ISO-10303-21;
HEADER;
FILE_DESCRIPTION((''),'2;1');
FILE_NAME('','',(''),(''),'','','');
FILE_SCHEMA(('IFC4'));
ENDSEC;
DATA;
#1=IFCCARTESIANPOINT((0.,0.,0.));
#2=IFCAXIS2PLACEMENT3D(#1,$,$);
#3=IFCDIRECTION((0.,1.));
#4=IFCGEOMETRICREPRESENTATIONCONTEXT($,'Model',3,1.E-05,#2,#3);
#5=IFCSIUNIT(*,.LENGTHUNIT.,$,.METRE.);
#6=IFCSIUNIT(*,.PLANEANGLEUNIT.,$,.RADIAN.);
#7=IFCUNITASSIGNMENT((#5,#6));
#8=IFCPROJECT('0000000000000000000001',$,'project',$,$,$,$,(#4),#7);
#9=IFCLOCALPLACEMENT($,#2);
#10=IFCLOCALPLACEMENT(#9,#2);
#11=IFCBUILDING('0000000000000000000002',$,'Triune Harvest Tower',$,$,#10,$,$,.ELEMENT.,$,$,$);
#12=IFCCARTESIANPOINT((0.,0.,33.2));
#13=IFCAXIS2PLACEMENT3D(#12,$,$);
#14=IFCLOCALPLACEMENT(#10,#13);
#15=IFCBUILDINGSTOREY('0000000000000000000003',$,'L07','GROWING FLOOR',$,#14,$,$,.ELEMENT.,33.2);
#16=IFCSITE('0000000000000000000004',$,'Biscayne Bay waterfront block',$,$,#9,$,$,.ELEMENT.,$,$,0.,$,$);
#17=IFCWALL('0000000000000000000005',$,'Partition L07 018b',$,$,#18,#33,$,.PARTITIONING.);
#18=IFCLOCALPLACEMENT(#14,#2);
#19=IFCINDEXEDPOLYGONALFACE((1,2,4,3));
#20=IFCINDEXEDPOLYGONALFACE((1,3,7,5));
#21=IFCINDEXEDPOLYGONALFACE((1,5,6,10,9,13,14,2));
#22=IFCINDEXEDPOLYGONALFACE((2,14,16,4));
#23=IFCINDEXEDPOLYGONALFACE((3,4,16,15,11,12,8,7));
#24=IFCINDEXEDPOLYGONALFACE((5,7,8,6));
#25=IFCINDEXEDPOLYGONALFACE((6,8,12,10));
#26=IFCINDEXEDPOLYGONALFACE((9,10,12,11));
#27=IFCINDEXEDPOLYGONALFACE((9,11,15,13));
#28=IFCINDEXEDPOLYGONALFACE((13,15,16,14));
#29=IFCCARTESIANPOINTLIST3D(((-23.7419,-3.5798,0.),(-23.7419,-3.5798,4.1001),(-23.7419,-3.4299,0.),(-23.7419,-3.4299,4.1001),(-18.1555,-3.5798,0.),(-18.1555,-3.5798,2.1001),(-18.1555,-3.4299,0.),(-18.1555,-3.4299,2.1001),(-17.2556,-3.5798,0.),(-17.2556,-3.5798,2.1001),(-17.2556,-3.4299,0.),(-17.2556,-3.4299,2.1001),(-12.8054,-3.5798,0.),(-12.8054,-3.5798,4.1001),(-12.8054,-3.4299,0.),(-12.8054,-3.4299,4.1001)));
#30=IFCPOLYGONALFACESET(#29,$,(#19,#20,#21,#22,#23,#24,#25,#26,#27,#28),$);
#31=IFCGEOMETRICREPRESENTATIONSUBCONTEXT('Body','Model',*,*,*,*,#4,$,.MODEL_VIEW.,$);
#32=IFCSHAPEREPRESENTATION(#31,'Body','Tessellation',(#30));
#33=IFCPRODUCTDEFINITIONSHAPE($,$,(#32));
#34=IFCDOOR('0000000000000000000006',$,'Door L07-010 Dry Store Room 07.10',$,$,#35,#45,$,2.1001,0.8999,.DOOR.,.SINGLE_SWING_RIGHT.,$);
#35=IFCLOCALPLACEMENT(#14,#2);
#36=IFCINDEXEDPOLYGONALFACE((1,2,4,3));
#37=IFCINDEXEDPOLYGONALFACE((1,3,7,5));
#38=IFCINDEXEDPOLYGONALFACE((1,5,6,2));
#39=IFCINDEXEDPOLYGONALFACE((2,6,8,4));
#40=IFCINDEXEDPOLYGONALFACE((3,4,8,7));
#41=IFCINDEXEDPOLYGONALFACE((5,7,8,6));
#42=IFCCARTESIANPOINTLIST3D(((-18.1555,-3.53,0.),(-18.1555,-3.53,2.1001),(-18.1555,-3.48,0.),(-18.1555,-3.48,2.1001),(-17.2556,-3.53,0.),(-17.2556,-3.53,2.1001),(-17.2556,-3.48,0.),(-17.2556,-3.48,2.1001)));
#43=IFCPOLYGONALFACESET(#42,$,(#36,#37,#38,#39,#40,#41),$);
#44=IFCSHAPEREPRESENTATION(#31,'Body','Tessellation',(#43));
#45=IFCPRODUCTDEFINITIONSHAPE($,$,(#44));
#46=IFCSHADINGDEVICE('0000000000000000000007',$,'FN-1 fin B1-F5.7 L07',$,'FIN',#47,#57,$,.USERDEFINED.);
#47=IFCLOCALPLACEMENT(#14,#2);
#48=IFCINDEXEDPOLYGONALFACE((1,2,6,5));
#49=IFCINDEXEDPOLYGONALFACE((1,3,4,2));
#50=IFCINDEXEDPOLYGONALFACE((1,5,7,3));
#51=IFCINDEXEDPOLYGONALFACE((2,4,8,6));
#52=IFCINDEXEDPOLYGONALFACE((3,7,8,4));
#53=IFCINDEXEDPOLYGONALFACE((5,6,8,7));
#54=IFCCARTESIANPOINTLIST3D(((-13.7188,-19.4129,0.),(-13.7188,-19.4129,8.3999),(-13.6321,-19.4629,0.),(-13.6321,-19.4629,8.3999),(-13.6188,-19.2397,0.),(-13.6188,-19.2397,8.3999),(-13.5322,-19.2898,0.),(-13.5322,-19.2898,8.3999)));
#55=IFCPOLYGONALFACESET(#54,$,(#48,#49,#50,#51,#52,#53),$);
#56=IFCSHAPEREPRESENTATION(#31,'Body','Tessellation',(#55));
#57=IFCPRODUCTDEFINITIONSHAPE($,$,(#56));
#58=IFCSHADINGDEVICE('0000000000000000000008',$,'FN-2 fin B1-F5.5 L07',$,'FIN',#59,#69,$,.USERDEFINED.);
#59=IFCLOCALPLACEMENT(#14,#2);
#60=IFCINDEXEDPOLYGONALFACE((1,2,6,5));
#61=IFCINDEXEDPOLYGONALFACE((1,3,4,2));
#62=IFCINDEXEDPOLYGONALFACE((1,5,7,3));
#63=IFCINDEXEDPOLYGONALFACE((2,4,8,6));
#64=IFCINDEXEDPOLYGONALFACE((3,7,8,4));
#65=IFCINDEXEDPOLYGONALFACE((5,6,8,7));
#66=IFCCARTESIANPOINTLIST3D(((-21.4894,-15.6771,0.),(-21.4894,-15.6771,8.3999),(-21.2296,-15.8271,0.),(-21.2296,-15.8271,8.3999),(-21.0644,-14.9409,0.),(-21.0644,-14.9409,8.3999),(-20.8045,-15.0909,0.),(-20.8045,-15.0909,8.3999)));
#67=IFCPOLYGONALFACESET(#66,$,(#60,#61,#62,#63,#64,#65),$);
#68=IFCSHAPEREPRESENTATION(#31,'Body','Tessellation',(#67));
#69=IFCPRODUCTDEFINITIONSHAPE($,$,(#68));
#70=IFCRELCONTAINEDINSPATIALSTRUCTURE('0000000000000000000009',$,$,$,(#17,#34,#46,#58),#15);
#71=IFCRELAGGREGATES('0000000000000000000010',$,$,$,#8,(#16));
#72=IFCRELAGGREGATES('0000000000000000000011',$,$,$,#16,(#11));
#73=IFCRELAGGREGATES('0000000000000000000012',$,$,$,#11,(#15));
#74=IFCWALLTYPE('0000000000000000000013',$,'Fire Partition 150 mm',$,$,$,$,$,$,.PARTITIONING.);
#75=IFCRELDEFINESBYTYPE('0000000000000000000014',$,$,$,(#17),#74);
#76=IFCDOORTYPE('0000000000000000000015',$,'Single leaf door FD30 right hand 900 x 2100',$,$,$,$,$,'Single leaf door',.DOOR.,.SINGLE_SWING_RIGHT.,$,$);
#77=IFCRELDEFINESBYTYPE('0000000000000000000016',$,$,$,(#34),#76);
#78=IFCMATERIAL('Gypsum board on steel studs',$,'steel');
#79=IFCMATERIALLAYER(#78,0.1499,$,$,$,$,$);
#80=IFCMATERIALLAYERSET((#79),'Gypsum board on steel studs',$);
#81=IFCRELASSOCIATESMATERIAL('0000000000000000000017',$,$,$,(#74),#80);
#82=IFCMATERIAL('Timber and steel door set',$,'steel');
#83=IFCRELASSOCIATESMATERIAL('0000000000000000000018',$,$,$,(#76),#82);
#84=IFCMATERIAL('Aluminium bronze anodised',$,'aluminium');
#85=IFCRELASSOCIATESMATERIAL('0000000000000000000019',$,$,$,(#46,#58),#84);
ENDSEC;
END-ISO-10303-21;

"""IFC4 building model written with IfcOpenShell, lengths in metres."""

from ifc_helpers import new_model, si_unit, direction, frame, frame_2d, origin, origin_2d, place, context, subcontext, project, spatial, rectangle, extrude, source, transform, mapped, material, layer, layer_set, type_object, element, fill, save


model = new_model("IFC4")

# Units and contexts
model_context = context("Model", 3, precision=1e-05, world=origin(), true_north=direction((0.0, 1.0)))
body_context = subcontext(model_context, "Body", "Model", "MODEL_VIEW")
ifc_project = project(units=[si_unit("LENGTHUNIT", "METRE"), si_unit("PLANEANGLEUNIT", "RADIAN")], contexts=[model_context])

# Site, building, storey
site_placement = place(None, origin())
site = spatial("IfcSite", under=ifc_project, at=site_placement, Name="Biscayne Bay waterfront block", CompositionType="ELEMENT", RefElevation=0.0)
building_placement = place(site_placement, origin())
building = spatial("IfcBuilding", under=site, at=building_placement, Name="Triune Harvest Tower", CompositionType="ELEMENT")
storey_placement = place(building_placement, frame((0.0, 0.0, 33.2)))
storey = spatial("IfcBuildingStorey", under=building, at=storey_placement, Name="L07", Description="GROWING FLOOR", CompositionType="ELEMENT", Elevation=33.2)

# Shared definitions
ifc_material_1 = material(Name="Gypsum board on steel studs", Category="steel")
ifc_layer_1 = layer(ifc_material_1, 0.1499)
ifc_layer_set_1 = layer_set([ifc_layer_1], Name="Gypsum board on steel studs")
wall_type = type_object("IfcWallType", Name="Fire Partition 150 mm", PredefinedType="PARTITIONING", material=ifc_layer_set_1)

# Wall, opening, door
shared_shape_1 = source(origin(), body_context, "Body", "SweptSolid", [
    extrude(rectangle(XDim=10.9365, YDim=0.1499, at=frame_2d((5.4683, 0.0))), origin(), (0.0, 0.0, 1.0), 4.1001),
])
wall_1_placement = place(storey_placement, frame((-23.7419, -3.5049, 0.0), z_axis=(0.0, 0.0, 1.0), x_axis=(1.0, 0.0, 0.0)))
wall_1 = element("IfcWall", 1, at=wall_1_placement, inside=storey, type_object=wall_type, Name="Partition L07 018b", PredefinedType="PARTITIONING", context=body_context, shape_type="MappedRepresentation", body=[
    mapped(shared_shape_1, transform((0.0, 0.0, 0.0), scale=1.0)),
])
opening_placement = place(wall_1_placement, frame((5.5864, 0.0, 0.0)))
opening = element("IfcOpeningElement", 2, at=opening_placement, cuts=wall_1, PredefinedType="OPENING", context=body_context, shape_type="SweptSolid", body=[
    extrude(rectangle(XDim=0.8999, YDim=2.1001, at=frame_2d((0.45, 1.05))), frame((0.0, 0.085, 0.0), z_axis=(0.0, -1.0, 0.0), x_axis=(1.0, 0.0, 0.0)), (0.0, 0.0, 1.0), 0.1699),
])
ifc_material_2 = material(Name="Timber and steel door set", Category="steel")
door_type = type_object("IfcDoorType", Name="Single leaf door FD30 right hand 900 x 2100", ElementType="Single leaf door", OperationType="SINGLE_SWING_RIGHT", PredefinedType="DOOR", material=ifc_material_2)
door_placement = place(opening_placement, origin())
door = element("IfcDoor", 3, at=door_placement, inside=storey, type_object=door_type, Name="Door L07-010 Dry Store Room 07.10", OperationType="SINGLE_SWING_RIGHT", OverallHeight=2.1001, OverallWidth=0.8999, PredefinedType="DOOR", context=body_context, shape_type="SweptSolid", body=[
    extrude(rectangle(XDim=0.8999, YDim=2.1001, at=frame_2d((0.45, 1.05))), frame((0.0, 0.0249, 0.0), z_axis=(0.0, -1.0, 0.0), x_axis=(1.0, 0.0, 0.0)), (0.0, 0.0, 1.0), 0.05),
])
fill(opening, door)

# Shading devices
ifc_material_3 = material(Name="Aluminium bronze anodised", Category="aluminium")
shared_shape_2 = source(origin(), body_context, "Body", "SweptSolid", [
    extrude(rectangle(XDim=0.1001, YDim=0.2, at=origin_2d()), origin(), (0.0, 0.0, 1.0), 8.3999),
])
shading_device_1_placement = place(storey_placement, frame((-13.6255, -19.3513, 0.0), z_axis=(0.0, 0.0, 1.0), x_axis=(0.866025, -0.5, 0.0)))
element("IfcShadingDevice", 4, at=shading_device_1_placement, inside=storey, material=ifc_material_3, Name="FN-1 fin B1-F5.7 L07", ObjectType="FIN", PredefinedType="USERDEFINED", context=body_context, shape_type="MappedRepresentation", body=[
    mapped(shared_shape_2, transform((0.0, 0.0, 0.0), scale=1.0)),
])
shared_shape_3 = source(origin(), body_context, "Body", "SweptSolid", [
    extrude(rectangle(XDim=0.3, YDim=0.8501, at=origin_2d()), origin(), (0.0, 0.0, 1.0), 8.3999),
])
shading_device_2_placement = place(storey_placement, frame((-21.147, -15.384, 0.0), z_axis=(0.0, 0.0, 1.0), x_axis=(0.866025, -0.5, 0.0)))
element("IfcShadingDevice", 5, at=shading_device_2_placement, inside=storey, material=ifc_material_3, Name="FN-2 fin B1-F5.5 L07", ObjectType="FIN", PredefinedType="USERDEFINED", context=body_context, shape_type="MappedRepresentation", body=[
    mapped(shared_shape_3, transform((0.0, 0.0, 0.0), scale=1.0)),
])

save(model, "model.ifc")
